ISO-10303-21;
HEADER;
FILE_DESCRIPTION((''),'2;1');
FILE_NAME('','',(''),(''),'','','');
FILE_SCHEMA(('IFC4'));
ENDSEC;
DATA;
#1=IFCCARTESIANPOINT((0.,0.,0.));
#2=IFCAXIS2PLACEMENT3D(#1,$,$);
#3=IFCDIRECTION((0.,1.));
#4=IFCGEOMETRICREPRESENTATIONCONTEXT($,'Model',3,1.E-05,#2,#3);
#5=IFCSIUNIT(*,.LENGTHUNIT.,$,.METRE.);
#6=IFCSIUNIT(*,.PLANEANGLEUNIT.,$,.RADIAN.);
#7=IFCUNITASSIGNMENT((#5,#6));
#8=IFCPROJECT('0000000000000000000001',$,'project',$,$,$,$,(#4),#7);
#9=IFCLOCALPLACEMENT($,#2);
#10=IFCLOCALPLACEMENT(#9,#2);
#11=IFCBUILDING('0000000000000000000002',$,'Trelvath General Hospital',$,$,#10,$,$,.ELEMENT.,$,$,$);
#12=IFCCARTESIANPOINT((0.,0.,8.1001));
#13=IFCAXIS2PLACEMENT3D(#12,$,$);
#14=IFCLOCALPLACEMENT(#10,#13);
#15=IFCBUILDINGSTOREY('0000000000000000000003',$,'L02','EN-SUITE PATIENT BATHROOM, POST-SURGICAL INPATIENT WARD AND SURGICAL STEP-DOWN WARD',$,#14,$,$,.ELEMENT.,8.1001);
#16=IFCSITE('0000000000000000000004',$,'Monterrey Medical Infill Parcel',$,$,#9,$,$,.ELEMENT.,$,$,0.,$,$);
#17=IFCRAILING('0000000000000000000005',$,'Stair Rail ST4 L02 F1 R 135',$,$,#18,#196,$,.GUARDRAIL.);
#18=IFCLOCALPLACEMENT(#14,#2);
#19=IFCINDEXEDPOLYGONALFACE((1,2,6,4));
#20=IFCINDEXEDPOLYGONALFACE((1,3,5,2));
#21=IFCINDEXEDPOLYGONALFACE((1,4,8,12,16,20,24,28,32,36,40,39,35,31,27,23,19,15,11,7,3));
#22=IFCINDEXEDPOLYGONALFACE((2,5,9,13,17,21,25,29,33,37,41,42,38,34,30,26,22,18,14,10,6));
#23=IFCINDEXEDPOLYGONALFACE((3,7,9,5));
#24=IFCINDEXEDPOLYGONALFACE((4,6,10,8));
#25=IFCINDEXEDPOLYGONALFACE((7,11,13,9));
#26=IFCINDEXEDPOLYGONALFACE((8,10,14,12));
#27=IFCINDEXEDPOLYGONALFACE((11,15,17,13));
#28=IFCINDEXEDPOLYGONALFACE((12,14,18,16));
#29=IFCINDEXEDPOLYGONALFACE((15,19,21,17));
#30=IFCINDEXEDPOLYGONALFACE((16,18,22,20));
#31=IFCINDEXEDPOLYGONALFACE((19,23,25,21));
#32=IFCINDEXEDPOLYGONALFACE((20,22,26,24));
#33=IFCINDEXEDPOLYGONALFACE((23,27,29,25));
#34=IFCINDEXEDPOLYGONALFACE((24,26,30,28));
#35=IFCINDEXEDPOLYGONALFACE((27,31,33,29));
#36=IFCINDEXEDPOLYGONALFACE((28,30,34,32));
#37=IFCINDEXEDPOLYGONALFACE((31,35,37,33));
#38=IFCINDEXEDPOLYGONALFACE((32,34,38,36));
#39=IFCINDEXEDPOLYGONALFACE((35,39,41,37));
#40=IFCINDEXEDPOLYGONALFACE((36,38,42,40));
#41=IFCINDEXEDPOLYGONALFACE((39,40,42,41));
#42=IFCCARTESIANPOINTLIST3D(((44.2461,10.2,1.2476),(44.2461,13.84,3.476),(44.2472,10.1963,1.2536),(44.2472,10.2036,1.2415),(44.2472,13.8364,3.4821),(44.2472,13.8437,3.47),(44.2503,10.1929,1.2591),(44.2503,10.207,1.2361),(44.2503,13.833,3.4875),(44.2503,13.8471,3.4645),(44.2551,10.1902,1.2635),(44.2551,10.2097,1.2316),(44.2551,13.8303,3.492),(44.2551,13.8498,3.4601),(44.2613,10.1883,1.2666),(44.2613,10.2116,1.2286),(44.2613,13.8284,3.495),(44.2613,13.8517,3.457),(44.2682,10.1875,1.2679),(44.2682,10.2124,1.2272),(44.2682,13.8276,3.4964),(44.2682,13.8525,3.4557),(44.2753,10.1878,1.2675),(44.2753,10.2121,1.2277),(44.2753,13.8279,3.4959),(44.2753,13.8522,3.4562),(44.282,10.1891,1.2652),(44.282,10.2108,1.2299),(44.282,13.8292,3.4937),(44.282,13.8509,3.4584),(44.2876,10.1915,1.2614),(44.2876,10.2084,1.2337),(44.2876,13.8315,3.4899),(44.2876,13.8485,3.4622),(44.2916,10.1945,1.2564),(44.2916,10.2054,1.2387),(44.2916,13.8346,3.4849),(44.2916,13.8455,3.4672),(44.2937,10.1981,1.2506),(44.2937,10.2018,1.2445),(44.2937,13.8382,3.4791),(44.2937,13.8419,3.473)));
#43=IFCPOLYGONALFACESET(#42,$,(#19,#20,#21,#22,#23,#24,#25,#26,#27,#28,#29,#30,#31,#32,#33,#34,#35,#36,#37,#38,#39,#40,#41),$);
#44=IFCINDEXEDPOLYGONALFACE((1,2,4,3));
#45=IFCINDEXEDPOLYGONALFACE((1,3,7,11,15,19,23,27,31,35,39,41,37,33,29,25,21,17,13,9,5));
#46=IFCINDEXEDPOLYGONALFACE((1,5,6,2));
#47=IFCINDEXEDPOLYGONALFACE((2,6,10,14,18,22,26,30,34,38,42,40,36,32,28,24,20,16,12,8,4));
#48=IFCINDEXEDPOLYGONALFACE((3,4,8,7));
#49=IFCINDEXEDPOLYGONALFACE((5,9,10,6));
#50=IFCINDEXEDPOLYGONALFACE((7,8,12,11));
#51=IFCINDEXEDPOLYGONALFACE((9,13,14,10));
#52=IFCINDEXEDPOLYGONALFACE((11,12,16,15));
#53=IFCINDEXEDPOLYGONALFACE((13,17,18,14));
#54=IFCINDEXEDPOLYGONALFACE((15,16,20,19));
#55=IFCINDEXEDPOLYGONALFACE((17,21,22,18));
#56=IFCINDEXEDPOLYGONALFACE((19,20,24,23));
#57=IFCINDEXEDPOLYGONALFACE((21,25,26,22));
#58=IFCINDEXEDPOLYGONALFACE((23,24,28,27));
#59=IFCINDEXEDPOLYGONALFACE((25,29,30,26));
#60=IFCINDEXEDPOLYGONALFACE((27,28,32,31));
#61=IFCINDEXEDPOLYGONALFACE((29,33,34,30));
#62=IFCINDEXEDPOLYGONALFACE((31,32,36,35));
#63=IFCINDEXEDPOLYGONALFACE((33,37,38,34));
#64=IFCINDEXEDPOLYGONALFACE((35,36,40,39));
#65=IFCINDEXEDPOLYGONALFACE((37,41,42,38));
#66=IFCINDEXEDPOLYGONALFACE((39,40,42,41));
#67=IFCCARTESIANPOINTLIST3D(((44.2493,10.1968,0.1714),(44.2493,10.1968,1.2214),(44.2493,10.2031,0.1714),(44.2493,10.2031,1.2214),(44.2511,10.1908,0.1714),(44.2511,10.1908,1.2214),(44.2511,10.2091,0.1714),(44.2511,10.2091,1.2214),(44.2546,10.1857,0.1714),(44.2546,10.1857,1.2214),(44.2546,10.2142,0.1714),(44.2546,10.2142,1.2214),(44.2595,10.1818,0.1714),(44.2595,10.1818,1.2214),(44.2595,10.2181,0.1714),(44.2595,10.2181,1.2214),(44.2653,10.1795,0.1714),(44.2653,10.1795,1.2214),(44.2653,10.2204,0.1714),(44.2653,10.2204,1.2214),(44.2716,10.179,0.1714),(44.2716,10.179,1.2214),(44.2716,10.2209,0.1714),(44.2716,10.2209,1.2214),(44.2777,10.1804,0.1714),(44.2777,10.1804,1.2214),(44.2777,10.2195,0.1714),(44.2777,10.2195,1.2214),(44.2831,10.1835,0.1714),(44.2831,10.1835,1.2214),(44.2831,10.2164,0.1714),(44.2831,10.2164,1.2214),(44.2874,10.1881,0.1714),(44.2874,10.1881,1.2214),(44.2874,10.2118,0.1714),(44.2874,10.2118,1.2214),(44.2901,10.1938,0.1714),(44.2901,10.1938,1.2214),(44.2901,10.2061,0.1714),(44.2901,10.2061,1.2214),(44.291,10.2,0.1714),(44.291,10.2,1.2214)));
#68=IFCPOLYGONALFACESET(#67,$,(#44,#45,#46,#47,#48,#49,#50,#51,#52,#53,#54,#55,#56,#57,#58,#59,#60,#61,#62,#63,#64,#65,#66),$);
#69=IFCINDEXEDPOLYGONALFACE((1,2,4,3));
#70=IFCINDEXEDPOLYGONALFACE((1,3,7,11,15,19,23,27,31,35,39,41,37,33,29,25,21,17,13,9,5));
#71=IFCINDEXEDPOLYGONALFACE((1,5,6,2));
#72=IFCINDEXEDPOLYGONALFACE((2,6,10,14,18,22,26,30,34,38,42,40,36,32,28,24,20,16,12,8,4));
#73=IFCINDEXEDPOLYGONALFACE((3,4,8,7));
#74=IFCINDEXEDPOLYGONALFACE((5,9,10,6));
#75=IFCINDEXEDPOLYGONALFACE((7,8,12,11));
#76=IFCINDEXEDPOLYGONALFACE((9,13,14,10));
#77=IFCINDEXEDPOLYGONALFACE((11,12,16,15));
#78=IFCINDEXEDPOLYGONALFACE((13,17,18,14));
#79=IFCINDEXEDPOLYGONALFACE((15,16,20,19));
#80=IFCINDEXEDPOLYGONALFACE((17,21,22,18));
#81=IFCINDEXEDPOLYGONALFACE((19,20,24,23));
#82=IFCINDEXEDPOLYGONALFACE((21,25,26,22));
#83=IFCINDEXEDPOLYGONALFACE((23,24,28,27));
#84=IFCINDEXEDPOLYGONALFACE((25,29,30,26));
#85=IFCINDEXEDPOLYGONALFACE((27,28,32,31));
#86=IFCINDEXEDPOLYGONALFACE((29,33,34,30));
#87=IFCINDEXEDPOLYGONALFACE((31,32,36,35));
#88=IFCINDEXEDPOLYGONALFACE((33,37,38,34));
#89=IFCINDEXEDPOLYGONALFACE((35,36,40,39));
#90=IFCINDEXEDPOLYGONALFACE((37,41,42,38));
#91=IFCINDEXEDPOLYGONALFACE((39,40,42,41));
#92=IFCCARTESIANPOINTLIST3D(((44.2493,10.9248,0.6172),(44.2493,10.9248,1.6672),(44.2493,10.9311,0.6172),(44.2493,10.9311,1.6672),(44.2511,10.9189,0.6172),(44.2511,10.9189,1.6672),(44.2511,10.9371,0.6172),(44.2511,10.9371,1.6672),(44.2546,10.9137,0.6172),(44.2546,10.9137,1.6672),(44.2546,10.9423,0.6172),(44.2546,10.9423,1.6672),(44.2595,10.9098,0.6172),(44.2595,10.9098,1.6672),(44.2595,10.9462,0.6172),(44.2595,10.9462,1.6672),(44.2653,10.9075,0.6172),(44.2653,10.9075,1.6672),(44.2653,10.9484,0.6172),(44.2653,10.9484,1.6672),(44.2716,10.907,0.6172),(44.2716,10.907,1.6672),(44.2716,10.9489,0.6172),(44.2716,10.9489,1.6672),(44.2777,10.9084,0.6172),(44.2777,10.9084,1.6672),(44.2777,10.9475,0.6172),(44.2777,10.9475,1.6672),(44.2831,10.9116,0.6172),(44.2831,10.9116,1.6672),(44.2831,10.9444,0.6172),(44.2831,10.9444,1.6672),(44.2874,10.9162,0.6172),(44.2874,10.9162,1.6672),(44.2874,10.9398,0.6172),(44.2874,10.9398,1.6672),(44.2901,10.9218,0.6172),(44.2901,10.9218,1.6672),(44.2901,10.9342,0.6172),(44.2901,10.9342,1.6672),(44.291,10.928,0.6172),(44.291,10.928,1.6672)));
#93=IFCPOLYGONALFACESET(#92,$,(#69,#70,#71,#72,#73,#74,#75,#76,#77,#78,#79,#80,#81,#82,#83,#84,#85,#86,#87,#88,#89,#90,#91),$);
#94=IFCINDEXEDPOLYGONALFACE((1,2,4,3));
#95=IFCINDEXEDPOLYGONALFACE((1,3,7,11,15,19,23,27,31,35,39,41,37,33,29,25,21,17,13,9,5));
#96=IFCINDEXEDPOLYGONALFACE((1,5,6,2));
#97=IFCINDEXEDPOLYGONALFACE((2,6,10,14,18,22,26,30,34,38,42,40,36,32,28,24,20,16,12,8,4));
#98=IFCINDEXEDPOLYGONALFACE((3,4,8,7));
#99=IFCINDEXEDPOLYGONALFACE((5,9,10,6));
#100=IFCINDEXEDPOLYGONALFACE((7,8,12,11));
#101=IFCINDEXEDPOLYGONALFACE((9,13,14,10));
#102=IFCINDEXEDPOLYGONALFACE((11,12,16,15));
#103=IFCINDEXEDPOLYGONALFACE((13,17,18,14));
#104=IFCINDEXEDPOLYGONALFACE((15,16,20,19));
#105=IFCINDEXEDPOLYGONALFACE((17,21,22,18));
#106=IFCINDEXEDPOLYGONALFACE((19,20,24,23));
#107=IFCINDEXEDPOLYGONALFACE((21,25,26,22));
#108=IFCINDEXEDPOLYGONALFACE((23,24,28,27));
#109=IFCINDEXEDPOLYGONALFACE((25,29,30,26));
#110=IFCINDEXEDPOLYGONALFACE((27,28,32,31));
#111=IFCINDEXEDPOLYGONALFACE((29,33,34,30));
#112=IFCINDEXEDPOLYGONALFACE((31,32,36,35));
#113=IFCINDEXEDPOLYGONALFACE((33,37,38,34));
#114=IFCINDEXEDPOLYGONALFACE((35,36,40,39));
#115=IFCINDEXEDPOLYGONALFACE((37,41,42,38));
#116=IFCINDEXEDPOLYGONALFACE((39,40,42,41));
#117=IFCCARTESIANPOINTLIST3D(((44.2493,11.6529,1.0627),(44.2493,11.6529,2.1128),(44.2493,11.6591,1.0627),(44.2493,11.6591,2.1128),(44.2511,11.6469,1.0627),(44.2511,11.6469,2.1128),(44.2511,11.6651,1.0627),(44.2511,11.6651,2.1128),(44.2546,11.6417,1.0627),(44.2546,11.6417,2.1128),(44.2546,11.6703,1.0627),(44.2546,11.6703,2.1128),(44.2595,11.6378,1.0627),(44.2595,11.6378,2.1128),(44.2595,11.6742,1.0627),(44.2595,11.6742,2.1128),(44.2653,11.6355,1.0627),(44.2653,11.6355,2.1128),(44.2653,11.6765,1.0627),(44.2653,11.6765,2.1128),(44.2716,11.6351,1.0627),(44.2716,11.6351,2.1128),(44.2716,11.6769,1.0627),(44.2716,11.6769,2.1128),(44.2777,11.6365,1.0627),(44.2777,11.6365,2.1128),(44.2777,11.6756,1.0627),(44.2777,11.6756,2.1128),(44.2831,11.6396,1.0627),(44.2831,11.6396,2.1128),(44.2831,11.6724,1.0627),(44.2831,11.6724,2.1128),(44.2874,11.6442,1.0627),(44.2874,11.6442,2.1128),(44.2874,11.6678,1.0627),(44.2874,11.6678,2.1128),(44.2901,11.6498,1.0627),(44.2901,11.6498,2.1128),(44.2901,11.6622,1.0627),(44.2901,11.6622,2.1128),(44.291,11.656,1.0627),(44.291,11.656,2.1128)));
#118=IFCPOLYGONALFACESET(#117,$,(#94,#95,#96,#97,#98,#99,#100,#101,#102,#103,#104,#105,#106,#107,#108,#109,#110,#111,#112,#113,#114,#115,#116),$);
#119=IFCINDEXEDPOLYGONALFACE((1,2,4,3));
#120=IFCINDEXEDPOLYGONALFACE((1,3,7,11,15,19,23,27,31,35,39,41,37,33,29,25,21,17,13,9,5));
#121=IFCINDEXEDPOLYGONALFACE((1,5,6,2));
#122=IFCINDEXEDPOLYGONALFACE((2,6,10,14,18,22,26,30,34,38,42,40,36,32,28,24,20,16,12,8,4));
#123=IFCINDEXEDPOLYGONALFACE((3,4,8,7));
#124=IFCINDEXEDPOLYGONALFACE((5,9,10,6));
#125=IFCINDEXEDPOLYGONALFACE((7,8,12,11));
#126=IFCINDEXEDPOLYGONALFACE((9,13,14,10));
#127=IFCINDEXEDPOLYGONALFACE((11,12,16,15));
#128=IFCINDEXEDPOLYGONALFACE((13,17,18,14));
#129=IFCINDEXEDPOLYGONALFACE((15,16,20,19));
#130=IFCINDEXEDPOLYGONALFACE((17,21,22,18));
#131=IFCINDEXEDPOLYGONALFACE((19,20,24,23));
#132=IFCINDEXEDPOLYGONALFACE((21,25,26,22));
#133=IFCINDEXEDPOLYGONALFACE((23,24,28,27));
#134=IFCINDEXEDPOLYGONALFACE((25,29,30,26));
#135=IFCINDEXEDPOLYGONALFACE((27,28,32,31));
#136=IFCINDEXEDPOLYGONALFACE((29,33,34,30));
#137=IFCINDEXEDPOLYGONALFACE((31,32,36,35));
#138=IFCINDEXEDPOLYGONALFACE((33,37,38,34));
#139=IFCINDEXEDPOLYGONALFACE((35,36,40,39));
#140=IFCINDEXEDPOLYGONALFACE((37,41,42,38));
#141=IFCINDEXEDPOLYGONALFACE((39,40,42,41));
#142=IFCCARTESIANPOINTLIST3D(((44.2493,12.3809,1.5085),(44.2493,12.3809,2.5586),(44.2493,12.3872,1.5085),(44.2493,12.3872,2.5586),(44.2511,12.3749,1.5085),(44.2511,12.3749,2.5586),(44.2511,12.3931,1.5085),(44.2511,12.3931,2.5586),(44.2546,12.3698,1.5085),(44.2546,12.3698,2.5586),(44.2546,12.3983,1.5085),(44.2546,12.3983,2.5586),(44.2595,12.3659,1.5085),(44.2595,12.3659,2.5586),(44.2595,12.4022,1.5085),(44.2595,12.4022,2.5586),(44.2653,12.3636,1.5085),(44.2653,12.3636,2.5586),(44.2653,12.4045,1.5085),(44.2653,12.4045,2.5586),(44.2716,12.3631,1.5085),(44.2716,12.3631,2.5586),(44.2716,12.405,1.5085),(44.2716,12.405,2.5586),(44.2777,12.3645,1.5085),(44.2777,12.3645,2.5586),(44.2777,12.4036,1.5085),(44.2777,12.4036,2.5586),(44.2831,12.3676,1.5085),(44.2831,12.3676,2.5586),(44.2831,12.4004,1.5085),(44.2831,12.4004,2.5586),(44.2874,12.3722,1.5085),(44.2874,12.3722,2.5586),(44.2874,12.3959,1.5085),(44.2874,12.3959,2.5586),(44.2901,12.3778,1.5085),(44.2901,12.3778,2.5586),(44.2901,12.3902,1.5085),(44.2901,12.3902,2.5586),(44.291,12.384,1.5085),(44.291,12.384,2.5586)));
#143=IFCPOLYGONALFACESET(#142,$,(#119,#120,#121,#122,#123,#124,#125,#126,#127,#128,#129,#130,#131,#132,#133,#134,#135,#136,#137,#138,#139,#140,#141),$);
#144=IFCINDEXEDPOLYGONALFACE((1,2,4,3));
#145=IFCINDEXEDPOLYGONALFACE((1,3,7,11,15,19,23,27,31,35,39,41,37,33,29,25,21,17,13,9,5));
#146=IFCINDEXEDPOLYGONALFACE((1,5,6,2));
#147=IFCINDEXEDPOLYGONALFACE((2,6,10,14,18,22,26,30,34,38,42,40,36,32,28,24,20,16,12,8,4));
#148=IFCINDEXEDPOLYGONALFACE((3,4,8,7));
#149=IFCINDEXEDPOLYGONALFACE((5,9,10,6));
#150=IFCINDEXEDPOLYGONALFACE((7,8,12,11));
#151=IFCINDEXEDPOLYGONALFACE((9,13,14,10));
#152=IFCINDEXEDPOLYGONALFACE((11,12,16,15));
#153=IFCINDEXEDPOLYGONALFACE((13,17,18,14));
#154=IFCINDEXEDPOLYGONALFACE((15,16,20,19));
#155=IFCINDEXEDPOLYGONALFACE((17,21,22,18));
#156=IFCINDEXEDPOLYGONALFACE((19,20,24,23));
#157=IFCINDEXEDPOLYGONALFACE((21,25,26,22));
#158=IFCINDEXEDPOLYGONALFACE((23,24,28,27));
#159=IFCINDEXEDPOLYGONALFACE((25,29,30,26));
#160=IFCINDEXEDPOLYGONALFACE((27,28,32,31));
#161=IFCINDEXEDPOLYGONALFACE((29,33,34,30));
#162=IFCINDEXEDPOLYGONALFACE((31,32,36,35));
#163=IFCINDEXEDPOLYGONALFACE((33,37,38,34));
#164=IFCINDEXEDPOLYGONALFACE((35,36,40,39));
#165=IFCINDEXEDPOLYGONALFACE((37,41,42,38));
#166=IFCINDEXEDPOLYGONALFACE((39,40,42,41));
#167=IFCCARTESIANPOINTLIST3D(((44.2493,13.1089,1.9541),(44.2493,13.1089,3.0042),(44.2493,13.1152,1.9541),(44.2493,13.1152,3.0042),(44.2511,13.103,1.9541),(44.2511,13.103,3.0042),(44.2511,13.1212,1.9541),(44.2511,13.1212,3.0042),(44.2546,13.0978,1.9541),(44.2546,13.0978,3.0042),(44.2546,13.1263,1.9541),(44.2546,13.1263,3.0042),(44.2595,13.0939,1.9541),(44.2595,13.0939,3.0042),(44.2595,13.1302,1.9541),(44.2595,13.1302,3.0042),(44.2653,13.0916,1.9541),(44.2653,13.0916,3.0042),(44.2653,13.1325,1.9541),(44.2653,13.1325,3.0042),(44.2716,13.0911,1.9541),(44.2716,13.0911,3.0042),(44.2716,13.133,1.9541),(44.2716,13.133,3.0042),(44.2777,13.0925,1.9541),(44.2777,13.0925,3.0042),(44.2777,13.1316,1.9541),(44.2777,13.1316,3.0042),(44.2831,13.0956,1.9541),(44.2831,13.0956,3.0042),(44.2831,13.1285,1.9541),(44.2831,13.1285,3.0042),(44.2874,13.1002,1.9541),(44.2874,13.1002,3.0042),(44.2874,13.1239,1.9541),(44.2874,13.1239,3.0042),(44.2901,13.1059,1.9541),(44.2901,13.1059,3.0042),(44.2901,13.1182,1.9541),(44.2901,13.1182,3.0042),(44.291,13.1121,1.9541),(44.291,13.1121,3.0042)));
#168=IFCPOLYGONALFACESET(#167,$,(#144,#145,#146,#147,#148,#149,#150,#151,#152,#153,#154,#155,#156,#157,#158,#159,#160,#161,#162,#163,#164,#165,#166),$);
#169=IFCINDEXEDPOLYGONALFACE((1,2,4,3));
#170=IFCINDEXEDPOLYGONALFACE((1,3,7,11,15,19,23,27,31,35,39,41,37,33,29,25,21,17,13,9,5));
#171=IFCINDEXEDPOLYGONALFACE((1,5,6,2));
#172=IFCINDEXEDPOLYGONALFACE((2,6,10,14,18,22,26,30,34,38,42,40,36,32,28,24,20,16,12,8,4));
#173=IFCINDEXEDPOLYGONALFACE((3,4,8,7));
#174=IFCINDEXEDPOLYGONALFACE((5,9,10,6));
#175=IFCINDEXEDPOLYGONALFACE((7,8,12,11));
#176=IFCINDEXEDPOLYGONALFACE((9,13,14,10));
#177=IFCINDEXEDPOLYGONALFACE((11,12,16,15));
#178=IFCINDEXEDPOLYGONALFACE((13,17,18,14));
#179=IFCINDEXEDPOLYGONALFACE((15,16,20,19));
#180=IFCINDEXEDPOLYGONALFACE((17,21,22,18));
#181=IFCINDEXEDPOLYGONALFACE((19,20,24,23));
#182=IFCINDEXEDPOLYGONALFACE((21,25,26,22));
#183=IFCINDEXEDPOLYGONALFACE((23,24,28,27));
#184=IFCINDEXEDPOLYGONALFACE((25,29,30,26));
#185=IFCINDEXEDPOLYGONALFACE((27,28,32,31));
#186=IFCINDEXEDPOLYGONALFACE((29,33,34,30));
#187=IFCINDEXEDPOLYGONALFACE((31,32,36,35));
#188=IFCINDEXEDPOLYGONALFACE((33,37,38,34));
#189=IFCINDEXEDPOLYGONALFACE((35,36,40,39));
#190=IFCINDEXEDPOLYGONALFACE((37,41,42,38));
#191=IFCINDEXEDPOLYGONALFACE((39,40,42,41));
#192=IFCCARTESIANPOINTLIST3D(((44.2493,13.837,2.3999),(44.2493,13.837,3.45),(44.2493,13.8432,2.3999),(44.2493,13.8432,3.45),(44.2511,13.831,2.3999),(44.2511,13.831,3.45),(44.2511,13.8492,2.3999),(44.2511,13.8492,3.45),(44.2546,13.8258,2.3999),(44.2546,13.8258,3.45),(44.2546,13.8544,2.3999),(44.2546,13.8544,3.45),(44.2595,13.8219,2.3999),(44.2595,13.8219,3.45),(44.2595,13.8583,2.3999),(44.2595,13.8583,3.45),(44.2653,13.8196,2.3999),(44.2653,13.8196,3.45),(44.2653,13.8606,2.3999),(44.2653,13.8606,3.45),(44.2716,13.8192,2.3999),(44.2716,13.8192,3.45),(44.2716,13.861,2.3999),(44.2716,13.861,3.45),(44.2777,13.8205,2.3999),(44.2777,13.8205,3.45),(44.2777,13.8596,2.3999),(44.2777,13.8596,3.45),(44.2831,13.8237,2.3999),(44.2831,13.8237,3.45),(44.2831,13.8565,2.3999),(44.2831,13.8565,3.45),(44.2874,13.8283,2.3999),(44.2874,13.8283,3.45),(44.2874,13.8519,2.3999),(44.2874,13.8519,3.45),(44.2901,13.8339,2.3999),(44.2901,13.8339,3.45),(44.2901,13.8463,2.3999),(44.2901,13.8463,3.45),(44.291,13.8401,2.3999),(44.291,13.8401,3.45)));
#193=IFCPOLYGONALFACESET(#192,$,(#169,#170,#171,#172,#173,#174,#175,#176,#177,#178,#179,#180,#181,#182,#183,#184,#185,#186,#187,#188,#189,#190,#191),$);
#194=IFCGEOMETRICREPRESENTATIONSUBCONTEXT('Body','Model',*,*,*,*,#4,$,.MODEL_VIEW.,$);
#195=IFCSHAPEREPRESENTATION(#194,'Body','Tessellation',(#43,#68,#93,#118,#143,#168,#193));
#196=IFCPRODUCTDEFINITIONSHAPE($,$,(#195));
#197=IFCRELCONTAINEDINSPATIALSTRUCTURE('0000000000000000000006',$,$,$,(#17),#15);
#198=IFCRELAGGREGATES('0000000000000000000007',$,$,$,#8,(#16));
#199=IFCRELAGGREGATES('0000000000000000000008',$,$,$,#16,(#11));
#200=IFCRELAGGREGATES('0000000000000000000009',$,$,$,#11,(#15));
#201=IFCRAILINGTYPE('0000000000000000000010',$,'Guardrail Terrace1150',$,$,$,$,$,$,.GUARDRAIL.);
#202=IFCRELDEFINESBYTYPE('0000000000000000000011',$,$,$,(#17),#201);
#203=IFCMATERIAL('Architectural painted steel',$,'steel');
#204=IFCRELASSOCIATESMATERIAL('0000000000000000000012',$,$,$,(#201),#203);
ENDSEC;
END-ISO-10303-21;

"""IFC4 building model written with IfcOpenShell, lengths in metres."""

from ifc_helpers import new_model, si_unit, direction, frame, origin, origin_2d, place, context, subcontext, project, spatial, circle, extrude, material, type_object, element, save


model = new_model("IFC4")

# Units and contexts
model_context = context("Model", 3, precision=1e-05, world=origin(), true_north=direction((0.0, 1.0)))
body_context = subcontext(model_context, "Body", "Model", "MODEL_VIEW")
ifc_project = project(units=[si_unit("LENGTHUNIT", "METRE"), si_unit("PLANEANGLEUNIT", "RADIAN")], contexts=[model_context])

# Site, building, storey
site_placement = place(None, origin())
site = spatial("IfcSite", under=ifc_project, at=site_placement, Name="Monterrey Medical Infill Parcel", CompositionType="ELEMENT", RefElevation=0.0)
building_placement = place(site_placement, origin())
building = spatial("IfcBuilding", under=site, at=building_placement, Name="Trelvath General Hospital", CompositionType="ELEMENT")
storey_placement = place(building_placement, frame((0.0, 0.0, 8.1001)))
storey = spatial("IfcBuildingStorey", under=building, at=storey_placement, Name="L02", Description="EN-SUITE PATIENT BATHROOM, POST-SURGICAL INPATIENT WARD AND SURGICAL STEP-DOWN WARD", CompositionType="ELEMENT", Elevation=8.1001)

# Railing
ifc_material_1 = material(Name="Architectural painted steel", Category="steel")
railing_type_1 = type_object("IfcRailingType", Name="Guardrail Terrace1150", PredefinedType="GUARDRAIL", material=ifc_material_1)
railing_1_placement = place(storey_placement, frame((44.27, 10.2, 0.1714)))
element("IfcRailing", 1, at=railing_1_placement, inside=storey, type_object=railing_type_1, Name="Stair Rail ST4 L02 F1 R 135", PredefinedType="GUARDRAIL", context=body_context, shape_type="SweptSolid", body=[
    extrude(circle(Radius=0.0239, at=origin_2d()), frame((0.0, 0.0, 1.0762), z_axis=(0.0, 0.852866, 0.52213), x_axis=(-1.0, 0.0, 0.0)), (0.0, 0.0, 1.0), 4.2681),
    extrude(circle(Radius=0.021, at=origin_2d()), origin(), (0.0, 0.0, 1.0), 1.05),
    extrude(circle(Radius=0.021, at=origin_2d()), frame((0.0, 0.728, 0.4458)), (0.0, 0.0, 1.0), 1.05),
    extrude(circle(Radius=0.021, at=origin_2d()), frame((0.0, 1.4561, 0.8914)), (0.0, 0.0, 1.0), 1.05),
    extrude(circle(Radius=0.021, at=origin_2d()), frame((0.0, 2.1841, 1.3372)), (0.0, 0.0, 1.0), 1.05),
    extrude(circle(Radius=0.021, at=origin_2d()), frame((0.0, 2.9121, 1.7827)), (0.0, 0.0, 1.0), 1.05),
    extrude(circle(Radius=0.021, at=origin_2d()), frame((0.0, 3.6401, 2.2285)), (0.0, 0.0, 1.0), 1.05),
])

save(model, "model.ifc")
